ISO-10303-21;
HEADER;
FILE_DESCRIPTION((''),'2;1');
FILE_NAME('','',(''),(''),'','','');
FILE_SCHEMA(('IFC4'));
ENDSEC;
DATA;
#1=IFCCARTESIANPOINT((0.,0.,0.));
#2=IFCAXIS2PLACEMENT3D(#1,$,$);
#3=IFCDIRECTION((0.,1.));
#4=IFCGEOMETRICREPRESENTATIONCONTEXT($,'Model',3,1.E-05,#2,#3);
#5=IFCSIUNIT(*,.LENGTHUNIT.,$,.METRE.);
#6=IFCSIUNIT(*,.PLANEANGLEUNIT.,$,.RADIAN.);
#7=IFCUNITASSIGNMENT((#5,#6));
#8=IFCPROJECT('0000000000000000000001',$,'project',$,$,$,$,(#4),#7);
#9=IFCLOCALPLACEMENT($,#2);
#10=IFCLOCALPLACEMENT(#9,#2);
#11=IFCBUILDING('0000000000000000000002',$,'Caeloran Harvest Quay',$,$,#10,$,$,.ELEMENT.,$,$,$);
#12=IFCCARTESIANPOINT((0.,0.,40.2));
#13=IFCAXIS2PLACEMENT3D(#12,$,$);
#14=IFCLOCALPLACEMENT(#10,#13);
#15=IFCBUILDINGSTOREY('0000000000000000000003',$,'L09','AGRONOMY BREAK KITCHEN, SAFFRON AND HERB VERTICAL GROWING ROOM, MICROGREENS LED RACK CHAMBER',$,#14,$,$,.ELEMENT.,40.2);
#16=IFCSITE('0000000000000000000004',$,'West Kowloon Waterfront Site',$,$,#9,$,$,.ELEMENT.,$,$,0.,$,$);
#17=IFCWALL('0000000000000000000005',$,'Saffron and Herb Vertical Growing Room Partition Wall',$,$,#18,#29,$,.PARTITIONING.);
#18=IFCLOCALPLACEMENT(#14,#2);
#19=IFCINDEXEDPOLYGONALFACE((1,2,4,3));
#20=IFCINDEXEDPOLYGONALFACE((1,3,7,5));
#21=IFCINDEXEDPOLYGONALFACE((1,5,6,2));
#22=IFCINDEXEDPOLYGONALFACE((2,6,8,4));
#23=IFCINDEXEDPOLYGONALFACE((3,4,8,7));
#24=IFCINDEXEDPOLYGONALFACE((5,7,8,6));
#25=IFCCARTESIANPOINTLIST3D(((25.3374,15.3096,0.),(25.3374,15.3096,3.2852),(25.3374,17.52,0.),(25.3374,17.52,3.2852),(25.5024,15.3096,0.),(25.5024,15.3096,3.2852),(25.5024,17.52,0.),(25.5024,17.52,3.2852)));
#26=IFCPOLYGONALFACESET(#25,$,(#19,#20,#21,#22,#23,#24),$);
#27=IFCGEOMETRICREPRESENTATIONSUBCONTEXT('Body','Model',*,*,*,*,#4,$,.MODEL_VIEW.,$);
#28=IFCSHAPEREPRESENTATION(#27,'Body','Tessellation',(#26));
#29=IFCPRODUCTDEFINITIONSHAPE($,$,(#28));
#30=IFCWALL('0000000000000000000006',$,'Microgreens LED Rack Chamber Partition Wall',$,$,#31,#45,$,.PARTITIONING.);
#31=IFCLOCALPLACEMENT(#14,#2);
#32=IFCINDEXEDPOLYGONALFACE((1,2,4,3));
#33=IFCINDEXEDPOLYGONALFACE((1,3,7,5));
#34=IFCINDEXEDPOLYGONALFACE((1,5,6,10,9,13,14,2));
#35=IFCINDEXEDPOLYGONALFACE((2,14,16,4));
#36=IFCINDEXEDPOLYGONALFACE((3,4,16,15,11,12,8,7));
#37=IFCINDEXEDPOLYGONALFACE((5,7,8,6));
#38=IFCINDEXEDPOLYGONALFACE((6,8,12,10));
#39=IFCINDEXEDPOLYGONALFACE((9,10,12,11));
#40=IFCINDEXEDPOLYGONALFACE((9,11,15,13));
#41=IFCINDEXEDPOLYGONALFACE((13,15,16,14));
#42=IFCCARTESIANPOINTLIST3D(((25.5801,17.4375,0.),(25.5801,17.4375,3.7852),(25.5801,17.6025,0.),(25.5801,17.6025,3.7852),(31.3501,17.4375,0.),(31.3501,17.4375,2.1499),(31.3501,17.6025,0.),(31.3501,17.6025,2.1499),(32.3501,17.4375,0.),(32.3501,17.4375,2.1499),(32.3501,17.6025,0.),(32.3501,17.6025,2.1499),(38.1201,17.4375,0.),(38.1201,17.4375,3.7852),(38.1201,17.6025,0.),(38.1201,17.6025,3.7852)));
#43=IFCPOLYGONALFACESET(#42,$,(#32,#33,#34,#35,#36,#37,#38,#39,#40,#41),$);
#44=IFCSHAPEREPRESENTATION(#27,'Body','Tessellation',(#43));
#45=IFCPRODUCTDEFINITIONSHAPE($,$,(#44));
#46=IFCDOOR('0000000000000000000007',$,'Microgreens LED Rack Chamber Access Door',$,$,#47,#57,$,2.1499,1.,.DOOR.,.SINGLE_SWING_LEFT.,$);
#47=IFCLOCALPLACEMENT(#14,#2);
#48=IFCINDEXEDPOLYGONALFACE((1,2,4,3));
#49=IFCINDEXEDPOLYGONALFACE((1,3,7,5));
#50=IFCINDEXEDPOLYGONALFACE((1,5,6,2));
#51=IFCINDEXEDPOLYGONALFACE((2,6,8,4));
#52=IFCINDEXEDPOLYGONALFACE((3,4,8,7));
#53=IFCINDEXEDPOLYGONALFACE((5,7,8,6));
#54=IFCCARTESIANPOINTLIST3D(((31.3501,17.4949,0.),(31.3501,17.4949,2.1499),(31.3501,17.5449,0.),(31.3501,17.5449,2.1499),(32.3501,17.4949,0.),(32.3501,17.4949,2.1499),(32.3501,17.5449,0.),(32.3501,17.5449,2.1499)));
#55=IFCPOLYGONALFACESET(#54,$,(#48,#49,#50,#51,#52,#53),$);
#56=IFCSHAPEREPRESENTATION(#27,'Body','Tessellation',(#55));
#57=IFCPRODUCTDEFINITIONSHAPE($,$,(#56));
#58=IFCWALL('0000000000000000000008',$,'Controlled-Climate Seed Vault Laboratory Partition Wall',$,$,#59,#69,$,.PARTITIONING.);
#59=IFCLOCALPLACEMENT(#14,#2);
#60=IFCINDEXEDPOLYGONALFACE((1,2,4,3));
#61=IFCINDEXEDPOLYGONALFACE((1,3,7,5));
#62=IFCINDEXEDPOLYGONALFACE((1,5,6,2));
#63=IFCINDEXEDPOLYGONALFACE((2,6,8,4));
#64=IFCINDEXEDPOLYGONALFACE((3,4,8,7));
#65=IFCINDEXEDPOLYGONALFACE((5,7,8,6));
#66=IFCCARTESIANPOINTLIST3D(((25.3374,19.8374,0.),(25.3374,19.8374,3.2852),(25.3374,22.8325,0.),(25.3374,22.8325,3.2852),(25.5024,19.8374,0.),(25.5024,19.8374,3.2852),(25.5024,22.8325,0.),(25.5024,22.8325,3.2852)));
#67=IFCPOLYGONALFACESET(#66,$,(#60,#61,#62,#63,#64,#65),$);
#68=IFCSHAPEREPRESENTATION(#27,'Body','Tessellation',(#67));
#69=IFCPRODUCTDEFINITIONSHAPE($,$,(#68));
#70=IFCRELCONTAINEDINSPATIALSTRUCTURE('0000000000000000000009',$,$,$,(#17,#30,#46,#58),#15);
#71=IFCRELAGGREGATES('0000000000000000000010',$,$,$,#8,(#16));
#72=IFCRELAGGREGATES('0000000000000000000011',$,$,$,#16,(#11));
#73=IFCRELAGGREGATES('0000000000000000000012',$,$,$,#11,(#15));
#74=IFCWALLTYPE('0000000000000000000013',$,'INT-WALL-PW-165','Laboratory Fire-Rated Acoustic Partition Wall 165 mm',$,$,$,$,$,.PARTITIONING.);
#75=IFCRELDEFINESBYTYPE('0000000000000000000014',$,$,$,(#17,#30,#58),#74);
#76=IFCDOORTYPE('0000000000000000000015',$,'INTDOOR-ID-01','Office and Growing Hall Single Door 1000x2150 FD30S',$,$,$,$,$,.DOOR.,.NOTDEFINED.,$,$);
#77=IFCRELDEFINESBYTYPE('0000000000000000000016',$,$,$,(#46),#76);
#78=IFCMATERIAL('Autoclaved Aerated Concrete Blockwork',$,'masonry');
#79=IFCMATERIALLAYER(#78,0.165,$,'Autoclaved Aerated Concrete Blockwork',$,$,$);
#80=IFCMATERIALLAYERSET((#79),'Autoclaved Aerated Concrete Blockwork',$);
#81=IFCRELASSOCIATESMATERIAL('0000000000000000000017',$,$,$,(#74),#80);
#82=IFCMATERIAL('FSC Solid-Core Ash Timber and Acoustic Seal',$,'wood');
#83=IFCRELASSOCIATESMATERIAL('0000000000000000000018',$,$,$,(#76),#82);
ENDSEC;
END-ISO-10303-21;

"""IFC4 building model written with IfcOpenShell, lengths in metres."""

from ifc_helpers import new_model, si_unit, direction, frame, frame_2d, origin, place, context, subcontext, project, spatial, rectangle, extrude, material, layer, layer_set, type_object, element, fill, save


model = new_model("IFC4")

# Units and contexts
model_context = context("Model", 3, precision=1e-05, world=origin(), true_north=direction((0.0, 1.0)))
body_context = subcontext(model_context, "Body", "Model", "MODEL_VIEW")
ifc_project = project(units=[si_unit("LENGTHUNIT", "METRE"), si_unit("PLANEANGLEUNIT", "RADIAN")], contexts=[model_context])

# Site, building, storey
site_placement = place(None, origin())
site = spatial("IfcSite", under=ifc_project, at=site_placement, Name="West Kowloon Waterfront Site", CompositionType="ELEMENT", RefElevation=0.0)
building_placement = place(site_placement, origin())
building = spatial("IfcBuilding", under=site, at=building_placement, Name="Caeloran Harvest Quay", CompositionType="ELEMENT")
storey_placement = place(building_placement, frame((0.0, 0.0, 40.2)))
storey = spatial("IfcBuildingStorey", under=building, at=storey_placement, Name="L09", Description="AGRONOMY BREAK KITCHEN, SAFFRON AND HERB VERTICAL GROWING ROOM, MICROGREENS LED RACK CHAMBER", CompositionType="ELEMENT", Elevation=40.2)

# Wall
ifc_material_1 = material(Name="Autoclaved Aerated Concrete Blockwork", Category="masonry")
ifc_layer = layer(ifc_material_1, 0.165, Name="Autoclaved Aerated Concrete Blockwork")
ifc_layer_set = layer_set([ifc_layer], Name="Autoclaved Aerated Concrete Blockwork")
wall_type = type_object("IfcWallType", Name="INT-WALL-PW-165", Description="Laboratory Fire-Rated Acoustic Partition Wall 165 mm", PredefinedType="PARTITIONING", material=ifc_layer_set)
wall_1_placement = place(storey_placement, frame((25.4199, 17.52, 0.0), z_axis=(0.0, 0.0, 1.0), x_axis=(0.0, -1.0, 0.0)))
element("IfcWall", 1, at=wall_1_placement, inside=storey, type_object=wall_type, Name="Saffron and Herb Vertical Growing Room Partition Wall", PredefinedType="PARTITIONING", context=body_context, shape_type="SweptSolid", body=[
    extrude(rectangle(XDim=2.2104, YDim=0.165, at=frame_2d((1.1052, 0.0))), origin(), (0.0, 0.0, 1.0), 3.2852),
])

# Wall, opening, door
wall_2_placement = place(storey_placement, frame((25.5801, 17.52, 0.0), z_axis=(0.0, 0.0, 1.0), x_axis=(1.0, 0.0, 0.0)))
wall_2 = element("IfcWall", 2, at=wall_2_placement, inside=storey, type_object=wall_type, Name="Microgreens LED Rack Chamber Partition Wall", PredefinedType="PARTITIONING", context=body_context, shape_type="SweptSolid", body=[
    extrude(rectangle(XDim=12.54, YDim=0.165, at=frame_2d((6.27, 0.0))), origin(), (0.0, 0.0, 1.0), 3.7852),
])
opening_1_placement = place(wall_2_placement, frame((5.77, 0.0, 0.0)))
opening_1 = element("IfcOpeningElement", 3, at=opening_1_placement, cuts=wall_2, PredefinedType="OPENING", context=body_context, shape_type="SweptSolid", body=[
    extrude(rectangle(XDim=1.0, YDim=2.1499, at=frame_2d((0.5, 1.075))), frame((0.0, 0.0925, 0.0), z_axis=(0.0, -1.0, 0.0), x_axis=(1.0, 0.0, 0.0)), (0.0, 0.0, 1.0), 0.1851),
])
ifc_material_2 = material(Name="FSC Solid-Core Ash Timber and Acoustic Seal", Category="wood")
door_type = type_object("IfcDoorType", Name="INTDOOR-ID-01", Description="Office and Growing Hall Single Door 1000x2150 FD30S", OperationType="NOTDEFINED", PredefinedType="DOOR", material=ifc_material_2)
door_1_placement = place(opening_1_placement, origin())
door_1 = element("IfcDoor", 4, at=door_1_placement, inside=storey, type_object=door_type, Name="Microgreens LED Rack Chamber Access Door", OperationType="SINGLE_SWING_LEFT", OverallHeight=2.1499, OverallWidth=1.0, PredefinedType="DOOR", context=body_context, shape_type="SweptSolid", body=[
    extrude(rectangle(XDim=1.0, YDim=2.1499, at=frame_2d((0.5, 1.075))), frame((0.0, 0.0249, 0.0), z_axis=(0.0, -1.0, 0.0), x_axis=(1.0, 0.0, 0.0)), (0.0, 0.0, 1.0), 0.05),
])
fill(opening_1, door_1)

# Wall
wall_3_placement = place(storey_placement, frame((25.4199, 22.8325, 0.0), z_axis=(0.0, 0.0, 1.0), x_axis=(0.0, -1.0, 0.0)))
element("IfcWall", 5, at=wall_3_placement, inside=storey, type_object=wall_type, Name="Controlled-Climate Seed Vault Laboratory Partition Wall", PredefinedType="PARTITIONING", context=body_context, shape_type="SweptSolid", body=[
    extrude(rectangle(XDim=2.9951, YDim=0.165, at=frame_2d((1.4976, 0.0))), origin(), (0.0, 0.0, 1.0), 3.2852),
])

save(model, "model.ifc")
